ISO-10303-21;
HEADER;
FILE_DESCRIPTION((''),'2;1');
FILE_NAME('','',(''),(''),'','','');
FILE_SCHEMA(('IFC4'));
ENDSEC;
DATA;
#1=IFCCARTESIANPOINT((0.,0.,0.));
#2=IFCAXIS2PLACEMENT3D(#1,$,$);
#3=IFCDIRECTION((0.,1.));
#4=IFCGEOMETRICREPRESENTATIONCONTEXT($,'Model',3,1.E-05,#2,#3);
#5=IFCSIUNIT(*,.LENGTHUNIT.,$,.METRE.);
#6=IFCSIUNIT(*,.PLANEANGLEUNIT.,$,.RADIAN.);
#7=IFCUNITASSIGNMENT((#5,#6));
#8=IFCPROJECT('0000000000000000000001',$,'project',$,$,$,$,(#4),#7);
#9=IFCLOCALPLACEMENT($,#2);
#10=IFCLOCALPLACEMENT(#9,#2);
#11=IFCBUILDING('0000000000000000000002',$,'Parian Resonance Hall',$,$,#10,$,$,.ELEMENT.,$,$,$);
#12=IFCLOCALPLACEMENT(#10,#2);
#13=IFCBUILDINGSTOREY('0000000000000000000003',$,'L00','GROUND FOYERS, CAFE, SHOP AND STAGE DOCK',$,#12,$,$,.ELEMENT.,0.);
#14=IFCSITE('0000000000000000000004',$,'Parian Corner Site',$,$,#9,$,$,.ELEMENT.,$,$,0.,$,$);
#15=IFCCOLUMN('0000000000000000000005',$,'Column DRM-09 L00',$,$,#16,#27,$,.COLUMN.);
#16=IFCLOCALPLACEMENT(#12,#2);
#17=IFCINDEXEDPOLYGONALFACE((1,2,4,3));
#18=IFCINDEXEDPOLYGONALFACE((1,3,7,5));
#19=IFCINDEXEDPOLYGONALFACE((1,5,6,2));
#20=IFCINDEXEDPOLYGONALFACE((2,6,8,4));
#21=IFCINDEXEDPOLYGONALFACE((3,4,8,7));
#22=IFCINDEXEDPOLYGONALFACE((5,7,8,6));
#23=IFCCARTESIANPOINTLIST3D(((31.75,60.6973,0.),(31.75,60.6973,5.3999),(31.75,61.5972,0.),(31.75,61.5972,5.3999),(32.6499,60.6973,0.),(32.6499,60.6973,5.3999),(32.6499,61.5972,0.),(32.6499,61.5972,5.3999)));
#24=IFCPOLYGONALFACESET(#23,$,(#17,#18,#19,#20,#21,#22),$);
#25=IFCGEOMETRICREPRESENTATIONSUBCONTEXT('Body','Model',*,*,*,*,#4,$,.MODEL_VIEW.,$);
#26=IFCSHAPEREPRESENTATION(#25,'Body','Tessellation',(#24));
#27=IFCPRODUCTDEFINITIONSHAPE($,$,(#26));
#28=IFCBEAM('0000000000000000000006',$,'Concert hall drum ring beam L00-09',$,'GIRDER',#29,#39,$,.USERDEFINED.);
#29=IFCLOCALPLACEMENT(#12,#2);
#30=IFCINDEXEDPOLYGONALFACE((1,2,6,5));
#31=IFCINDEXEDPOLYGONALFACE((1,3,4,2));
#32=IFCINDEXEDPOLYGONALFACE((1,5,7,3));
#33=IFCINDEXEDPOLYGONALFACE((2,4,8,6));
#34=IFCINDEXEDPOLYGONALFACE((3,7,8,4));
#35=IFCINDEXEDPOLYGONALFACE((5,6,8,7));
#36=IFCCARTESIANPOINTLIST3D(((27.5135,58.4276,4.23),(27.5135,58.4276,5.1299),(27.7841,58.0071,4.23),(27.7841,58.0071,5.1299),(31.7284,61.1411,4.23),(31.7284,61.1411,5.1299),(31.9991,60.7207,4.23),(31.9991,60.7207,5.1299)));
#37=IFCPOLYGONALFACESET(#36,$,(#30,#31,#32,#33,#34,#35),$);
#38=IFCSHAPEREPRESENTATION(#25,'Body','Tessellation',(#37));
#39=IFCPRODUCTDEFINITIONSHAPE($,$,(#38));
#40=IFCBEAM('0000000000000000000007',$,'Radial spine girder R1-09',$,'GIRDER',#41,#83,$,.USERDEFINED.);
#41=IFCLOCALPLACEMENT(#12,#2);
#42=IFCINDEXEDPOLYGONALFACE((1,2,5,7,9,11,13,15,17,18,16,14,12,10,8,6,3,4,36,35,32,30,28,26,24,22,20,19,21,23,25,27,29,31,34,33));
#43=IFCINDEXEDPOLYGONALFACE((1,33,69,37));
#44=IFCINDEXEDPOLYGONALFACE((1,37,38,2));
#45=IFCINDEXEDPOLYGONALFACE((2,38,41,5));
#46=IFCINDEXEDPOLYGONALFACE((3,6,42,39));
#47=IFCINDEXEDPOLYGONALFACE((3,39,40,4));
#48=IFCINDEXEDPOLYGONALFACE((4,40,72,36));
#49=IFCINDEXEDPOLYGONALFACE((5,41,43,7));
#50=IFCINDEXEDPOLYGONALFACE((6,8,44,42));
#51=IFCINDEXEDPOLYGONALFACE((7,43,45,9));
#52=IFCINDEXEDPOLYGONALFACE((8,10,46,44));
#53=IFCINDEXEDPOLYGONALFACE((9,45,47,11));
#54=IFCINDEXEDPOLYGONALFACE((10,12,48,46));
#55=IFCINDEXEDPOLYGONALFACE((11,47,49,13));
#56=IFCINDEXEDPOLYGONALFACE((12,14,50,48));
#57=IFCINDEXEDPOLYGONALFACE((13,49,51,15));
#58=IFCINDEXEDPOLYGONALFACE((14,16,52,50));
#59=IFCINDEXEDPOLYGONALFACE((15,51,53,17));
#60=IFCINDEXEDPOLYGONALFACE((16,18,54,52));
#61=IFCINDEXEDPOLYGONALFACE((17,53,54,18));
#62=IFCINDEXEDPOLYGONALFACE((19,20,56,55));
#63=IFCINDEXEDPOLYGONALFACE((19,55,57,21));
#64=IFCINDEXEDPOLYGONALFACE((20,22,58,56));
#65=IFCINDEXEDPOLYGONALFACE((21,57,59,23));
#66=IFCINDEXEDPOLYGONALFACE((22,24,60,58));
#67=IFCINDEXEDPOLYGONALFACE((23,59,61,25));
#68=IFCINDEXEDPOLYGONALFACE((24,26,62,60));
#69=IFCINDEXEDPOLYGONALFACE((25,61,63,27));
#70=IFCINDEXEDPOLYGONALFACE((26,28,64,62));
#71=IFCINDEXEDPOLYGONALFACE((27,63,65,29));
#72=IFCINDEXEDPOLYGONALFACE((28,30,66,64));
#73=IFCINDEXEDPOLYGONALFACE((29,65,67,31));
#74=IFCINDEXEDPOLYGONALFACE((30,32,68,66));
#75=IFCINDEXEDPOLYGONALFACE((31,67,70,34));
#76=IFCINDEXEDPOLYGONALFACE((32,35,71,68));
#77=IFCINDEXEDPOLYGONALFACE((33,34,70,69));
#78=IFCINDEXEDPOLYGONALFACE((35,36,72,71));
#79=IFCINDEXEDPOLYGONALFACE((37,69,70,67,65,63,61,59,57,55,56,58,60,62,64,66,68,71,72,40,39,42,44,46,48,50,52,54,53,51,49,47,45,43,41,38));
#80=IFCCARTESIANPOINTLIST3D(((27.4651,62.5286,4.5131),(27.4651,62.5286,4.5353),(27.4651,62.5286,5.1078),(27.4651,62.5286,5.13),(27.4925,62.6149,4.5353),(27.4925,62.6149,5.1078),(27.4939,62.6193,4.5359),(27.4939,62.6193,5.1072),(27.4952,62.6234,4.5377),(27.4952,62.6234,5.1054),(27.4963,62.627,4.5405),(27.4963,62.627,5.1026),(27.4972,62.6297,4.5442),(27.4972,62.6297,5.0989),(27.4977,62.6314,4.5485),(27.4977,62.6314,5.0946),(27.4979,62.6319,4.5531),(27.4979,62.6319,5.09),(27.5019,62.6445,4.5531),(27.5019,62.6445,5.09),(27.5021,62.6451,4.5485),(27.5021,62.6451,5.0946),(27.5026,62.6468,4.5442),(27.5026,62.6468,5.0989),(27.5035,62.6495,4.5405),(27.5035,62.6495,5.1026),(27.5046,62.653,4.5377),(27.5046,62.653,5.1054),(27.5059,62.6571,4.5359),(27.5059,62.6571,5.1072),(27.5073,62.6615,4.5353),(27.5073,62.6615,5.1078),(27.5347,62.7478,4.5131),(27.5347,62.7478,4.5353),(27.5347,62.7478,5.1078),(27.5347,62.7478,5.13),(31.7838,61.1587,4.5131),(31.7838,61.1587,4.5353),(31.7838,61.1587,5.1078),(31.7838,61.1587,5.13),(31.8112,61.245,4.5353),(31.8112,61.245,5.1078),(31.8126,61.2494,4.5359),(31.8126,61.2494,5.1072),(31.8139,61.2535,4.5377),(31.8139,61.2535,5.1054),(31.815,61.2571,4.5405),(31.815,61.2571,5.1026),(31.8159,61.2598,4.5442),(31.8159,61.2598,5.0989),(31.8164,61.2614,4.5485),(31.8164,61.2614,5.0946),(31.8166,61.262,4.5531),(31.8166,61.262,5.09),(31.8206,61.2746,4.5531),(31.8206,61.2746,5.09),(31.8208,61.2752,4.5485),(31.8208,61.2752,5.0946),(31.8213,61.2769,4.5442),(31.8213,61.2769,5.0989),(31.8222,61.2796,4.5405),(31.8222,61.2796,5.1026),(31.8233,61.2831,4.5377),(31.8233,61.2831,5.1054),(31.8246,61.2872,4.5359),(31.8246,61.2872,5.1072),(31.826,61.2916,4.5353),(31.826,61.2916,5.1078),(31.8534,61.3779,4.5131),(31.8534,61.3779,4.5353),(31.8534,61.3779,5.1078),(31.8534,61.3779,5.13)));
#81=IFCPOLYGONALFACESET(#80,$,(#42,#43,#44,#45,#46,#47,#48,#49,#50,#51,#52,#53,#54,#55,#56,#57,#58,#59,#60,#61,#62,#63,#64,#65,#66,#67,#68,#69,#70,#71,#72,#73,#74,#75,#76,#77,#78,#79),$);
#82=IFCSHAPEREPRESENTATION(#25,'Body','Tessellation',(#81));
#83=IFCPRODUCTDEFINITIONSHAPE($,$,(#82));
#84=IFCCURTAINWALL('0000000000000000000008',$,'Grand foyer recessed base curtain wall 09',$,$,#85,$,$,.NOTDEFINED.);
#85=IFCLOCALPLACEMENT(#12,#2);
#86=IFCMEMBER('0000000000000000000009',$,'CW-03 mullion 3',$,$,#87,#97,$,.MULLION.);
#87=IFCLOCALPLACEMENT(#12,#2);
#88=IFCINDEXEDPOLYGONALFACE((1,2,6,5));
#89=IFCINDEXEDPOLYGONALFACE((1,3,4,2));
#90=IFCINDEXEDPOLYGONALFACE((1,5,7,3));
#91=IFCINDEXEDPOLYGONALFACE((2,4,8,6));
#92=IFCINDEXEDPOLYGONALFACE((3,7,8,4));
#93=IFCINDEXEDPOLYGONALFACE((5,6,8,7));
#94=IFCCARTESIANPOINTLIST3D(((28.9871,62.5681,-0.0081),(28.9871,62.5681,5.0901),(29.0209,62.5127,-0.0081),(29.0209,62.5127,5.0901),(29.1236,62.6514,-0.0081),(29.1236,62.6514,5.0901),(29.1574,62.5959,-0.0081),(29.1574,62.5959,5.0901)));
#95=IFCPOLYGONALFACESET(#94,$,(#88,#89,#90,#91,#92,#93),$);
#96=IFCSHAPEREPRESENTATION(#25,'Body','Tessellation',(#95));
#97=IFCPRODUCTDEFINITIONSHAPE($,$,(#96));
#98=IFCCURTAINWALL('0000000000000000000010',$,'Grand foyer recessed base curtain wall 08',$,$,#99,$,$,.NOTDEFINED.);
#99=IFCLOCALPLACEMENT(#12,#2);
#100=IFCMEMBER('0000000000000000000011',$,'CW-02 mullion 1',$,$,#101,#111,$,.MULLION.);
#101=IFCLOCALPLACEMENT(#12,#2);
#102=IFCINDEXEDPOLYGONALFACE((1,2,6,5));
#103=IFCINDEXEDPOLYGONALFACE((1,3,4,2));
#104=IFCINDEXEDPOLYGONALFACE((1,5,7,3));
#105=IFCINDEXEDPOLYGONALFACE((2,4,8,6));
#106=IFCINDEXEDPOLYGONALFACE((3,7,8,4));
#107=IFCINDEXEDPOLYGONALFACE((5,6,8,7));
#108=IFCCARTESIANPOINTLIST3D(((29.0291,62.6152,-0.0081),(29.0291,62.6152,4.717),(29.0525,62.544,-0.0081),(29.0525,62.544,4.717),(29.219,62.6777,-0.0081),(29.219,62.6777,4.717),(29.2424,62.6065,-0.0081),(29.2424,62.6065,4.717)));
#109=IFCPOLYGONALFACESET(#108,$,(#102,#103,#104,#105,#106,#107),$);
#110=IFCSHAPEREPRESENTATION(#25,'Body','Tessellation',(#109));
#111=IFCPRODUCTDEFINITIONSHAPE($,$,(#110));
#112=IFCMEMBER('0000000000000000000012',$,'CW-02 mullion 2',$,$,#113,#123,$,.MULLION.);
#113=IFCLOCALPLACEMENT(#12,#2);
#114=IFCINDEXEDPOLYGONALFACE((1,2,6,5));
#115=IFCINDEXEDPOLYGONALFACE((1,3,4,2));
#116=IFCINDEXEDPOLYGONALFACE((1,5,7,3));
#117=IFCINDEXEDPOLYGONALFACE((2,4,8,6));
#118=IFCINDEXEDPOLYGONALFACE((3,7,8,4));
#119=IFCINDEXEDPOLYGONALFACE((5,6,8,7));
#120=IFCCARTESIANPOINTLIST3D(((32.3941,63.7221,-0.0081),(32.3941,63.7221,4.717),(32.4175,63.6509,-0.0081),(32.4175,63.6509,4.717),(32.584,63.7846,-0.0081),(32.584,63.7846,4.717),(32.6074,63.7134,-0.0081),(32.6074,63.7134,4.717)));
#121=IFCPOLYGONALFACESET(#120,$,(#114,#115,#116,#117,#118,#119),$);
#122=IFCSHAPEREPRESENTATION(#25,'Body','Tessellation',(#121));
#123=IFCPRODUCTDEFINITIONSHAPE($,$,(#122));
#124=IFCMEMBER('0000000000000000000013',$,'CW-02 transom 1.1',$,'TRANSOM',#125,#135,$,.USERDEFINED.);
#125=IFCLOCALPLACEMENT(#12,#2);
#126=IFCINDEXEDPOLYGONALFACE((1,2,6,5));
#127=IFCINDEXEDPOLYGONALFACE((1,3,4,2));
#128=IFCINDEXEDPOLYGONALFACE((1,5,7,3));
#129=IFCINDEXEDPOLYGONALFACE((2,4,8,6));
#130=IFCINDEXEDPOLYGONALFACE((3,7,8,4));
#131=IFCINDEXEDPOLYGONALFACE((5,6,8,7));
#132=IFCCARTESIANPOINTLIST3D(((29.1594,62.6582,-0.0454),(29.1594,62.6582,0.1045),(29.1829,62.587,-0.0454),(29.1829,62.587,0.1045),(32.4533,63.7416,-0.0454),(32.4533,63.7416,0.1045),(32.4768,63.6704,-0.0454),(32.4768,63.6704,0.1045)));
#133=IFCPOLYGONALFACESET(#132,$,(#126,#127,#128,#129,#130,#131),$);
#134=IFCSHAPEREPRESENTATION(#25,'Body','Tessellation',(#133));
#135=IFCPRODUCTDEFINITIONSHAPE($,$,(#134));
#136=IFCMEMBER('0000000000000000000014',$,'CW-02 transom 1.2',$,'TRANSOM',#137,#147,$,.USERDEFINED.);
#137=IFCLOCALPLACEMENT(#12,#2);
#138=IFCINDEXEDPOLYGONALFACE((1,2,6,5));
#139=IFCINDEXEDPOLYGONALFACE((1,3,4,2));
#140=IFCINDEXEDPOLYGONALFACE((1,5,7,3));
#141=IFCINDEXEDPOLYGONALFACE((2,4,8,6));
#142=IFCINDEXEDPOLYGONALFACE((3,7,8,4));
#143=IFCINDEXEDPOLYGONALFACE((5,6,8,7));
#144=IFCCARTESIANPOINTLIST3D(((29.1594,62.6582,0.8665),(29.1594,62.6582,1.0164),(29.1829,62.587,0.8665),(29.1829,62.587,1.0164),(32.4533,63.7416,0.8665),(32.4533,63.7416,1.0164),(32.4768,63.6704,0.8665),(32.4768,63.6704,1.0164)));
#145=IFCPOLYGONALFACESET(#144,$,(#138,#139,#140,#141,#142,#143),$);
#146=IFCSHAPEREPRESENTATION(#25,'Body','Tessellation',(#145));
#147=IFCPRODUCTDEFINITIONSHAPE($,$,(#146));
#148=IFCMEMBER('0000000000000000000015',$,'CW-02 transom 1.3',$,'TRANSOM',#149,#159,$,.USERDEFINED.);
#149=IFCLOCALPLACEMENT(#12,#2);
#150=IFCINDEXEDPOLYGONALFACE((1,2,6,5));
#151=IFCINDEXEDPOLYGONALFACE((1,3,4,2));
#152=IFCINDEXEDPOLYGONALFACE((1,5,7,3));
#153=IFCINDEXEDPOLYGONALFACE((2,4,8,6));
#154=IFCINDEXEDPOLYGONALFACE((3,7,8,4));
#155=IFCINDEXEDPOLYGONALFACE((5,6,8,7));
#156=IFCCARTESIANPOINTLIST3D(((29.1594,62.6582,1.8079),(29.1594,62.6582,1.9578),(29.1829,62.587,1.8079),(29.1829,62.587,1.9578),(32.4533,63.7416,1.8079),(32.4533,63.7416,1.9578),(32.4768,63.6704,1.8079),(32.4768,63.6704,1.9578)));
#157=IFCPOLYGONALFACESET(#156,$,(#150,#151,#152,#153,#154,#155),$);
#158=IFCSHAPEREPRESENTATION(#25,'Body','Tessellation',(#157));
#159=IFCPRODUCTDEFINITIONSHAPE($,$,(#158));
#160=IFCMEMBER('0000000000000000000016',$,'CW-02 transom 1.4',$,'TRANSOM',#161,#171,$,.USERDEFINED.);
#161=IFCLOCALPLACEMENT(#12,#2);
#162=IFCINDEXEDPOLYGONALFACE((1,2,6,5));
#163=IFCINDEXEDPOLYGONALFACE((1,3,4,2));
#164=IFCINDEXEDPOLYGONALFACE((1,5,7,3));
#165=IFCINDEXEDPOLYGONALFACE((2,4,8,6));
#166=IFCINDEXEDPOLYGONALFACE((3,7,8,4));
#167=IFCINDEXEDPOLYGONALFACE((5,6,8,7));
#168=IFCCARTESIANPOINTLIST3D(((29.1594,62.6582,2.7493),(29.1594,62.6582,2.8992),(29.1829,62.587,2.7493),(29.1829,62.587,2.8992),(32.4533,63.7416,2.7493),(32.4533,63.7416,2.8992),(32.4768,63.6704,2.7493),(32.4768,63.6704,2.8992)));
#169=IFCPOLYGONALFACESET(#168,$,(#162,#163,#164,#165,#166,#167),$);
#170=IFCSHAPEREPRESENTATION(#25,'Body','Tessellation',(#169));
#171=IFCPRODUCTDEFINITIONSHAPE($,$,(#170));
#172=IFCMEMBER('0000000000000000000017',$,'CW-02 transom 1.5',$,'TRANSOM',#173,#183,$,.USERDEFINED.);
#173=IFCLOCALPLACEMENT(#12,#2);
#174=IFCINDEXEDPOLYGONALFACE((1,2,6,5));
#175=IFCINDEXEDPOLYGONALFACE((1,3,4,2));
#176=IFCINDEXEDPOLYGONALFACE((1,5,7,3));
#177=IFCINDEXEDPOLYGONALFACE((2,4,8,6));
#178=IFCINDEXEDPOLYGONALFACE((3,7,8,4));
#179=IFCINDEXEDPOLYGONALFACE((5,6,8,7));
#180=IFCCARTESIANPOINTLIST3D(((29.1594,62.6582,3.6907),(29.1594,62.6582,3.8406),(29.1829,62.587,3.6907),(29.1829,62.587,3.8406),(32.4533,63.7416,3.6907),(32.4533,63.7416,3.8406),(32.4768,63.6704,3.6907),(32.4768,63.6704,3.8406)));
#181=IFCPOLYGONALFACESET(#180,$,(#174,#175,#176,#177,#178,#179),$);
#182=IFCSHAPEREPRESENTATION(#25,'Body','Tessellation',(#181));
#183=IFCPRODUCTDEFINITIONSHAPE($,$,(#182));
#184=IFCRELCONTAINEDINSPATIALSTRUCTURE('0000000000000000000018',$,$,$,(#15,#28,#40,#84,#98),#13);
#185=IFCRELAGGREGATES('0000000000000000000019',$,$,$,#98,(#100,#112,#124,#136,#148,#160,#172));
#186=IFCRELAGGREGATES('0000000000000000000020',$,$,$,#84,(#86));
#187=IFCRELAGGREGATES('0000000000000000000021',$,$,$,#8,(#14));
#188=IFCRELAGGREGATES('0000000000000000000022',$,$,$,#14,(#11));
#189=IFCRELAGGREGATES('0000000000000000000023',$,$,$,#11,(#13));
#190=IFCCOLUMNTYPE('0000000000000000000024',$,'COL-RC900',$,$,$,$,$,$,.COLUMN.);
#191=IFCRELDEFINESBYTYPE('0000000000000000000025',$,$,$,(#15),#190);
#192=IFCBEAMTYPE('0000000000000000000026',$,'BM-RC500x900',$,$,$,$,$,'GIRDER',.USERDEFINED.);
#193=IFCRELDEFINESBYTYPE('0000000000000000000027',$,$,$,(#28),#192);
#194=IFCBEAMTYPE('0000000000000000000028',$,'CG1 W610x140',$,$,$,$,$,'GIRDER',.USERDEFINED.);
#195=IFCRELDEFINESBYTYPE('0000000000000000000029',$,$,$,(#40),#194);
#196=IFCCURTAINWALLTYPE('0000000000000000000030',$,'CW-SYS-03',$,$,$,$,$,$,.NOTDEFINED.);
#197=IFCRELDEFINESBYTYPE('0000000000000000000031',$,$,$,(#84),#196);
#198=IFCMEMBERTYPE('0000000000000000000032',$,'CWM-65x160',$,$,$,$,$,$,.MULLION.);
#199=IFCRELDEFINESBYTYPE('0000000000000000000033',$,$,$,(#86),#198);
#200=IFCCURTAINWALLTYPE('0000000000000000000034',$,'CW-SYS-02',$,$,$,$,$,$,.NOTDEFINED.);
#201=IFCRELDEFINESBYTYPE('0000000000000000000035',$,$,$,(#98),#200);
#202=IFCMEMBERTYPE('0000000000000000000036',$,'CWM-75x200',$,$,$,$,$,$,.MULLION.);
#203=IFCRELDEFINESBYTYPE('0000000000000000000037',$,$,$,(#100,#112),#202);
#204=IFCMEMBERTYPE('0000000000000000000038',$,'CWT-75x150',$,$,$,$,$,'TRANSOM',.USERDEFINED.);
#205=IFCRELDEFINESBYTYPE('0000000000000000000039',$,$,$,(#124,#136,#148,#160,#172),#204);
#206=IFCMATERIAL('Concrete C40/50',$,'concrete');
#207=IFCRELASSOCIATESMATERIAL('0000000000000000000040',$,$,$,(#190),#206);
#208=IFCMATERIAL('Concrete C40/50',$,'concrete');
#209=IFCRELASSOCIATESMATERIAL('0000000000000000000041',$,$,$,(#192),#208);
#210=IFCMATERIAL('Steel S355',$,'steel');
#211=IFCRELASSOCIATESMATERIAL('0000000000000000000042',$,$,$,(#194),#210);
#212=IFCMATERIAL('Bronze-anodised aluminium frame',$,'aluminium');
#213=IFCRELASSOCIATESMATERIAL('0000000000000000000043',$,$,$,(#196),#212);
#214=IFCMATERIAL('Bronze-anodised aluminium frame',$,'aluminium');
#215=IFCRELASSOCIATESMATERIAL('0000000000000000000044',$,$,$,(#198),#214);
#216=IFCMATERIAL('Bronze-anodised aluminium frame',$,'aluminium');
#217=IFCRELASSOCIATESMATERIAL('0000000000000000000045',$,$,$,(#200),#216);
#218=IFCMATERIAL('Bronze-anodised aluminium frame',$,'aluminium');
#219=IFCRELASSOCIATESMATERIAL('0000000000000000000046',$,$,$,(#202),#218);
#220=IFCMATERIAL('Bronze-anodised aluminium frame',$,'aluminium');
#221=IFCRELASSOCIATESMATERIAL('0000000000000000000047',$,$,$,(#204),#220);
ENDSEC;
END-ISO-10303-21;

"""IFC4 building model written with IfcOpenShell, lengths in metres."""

from ifc_helpers import new_model, si_unit, direction, frame, origin, origin_2d, place, context, subcontext, project, spatial, rectangle, i_section, extrude, material, material_profile, profile_set, type_object, element, aggregate, save


model = new_model("IFC4")

# Units and contexts
model_context = context("Model", 3, precision=1e-05, world=origin(), true_north=direction((0.0, 1.0)))
body_context = subcontext(model_context, "Body", "Model", "MODEL_VIEW")
ifc_project = project(units=[si_unit("LENGTHUNIT", "METRE"), si_unit("PLANEANGLEUNIT", "RADIAN")], contexts=[model_context])

# Site, building, storey
site_placement = place(None, origin())
site = spatial("IfcSite", under=ifc_project, at=site_placement, Name="Parian Corner Site", CompositionType="ELEMENT", RefElevation=0.0)
building_placement = place(site_placement, origin())
building = spatial("IfcBuilding", under=site, at=building_placement, Name="Parian Resonance Hall", CompositionType="ELEMENT")
storey_placement = place(building_placement, origin())
storey = spatial("IfcBuildingStorey", under=building, at=storey_placement, Name="L00", Description="GROUND FOYERS, CAFE, SHOP AND STAGE DOCK", CompositionType="ELEMENT", Elevation=0.0)

# Column
ifc_material_1 = material(Name="Concrete C40/50", Category="concrete")
ifc_material_profile_1 = material_profile(ifc_material_1, rectangle(XDim=0.8999, YDim=0.8999, at=origin_2d()), Name="RC-COL-900x900")
ifc_profile_set_1 = profile_set([ifc_material_profile_1], Name="Concrete C40/50")
column_type = type_object("IfcColumnType", Name="COL-RC900", PredefinedType="COLUMN", material=ifc_profile_set_1)
column_placement = place(storey_placement, frame((32.2, 61.1472, 0.0), z_axis=(0.0, 0.0, 1.0), x_axis=(1.0, 0.0, 0.0)))
element("IfcColumn", 1, at=column_placement, inside=storey, type_object=column_type, Name="Column DRM-09 L00", PredefinedType="COLUMN", context=body_context, shape_type="SweptSolid", body=[
    extrude(rectangle(XDim=0.8999, YDim=0.8999, at=origin_2d()), origin(), (0.0, 0.0, 1.0), 5.3999),
])

# Beams
ifc_material_2 = material(Name="Concrete C40/50", Category="concrete")
ifc_material_profile_2 = material_profile(ifc_material_2, rectangle(XDim=0.5, YDim=0.8999, at=origin_2d()), Name="RC-BM-500x900")
ifc_profile_set_2 = profile_set([ifc_material_profile_2], Name="Concrete C40/50")
beam_type_1 = type_object("IfcBeamType", Name="BM-RC500x900", ElementType="GIRDER", PredefinedType="USERDEFINED", material=ifc_profile_set_2)
beam_1_placement = place(storey_placement, frame((31.8638, 60.9309, 4.6799), z_axis=(-0.840822, -0.541311, 0.0), x_axis=(0.541311, -0.840822, 0.0)))
element("IfcBeam", 2, at=beam_1_placement, inside=storey, type_object=beam_type_1, Name="Concert hall drum ring beam L00-09", ObjectType="GIRDER", PredefinedType="USERDEFINED", context=body_context, shape_type="SweptSolid", body=[
    extrude(rectangle(XDim=0.5, YDim=0.8999, at=origin_2d()), origin(), (0.0, 0.0, 1.0), 5.0129),
])
ifc_material_3 = material(Name="Steel S355", Category="steel")
ifc_material_profile_3 = material_profile(ifc_material_3, i_section(OverallWidth=0.23, OverallDepth=0.6169, WebThickness=0.0132, FlangeThickness=0.0222, FilletRadius=0.0178, at=origin_2d()), Name="W610x140")
ifc_profile_set_3 = profile_set([ifc_material_profile_3], Name="Steel S355")
beam_type_2 = type_object("IfcBeamType", Name="CG1 W610x140", ElementType="GIRDER", PredefinedType="USERDEFINED", material=ifc_profile_set_3)
beam_2_placement = place(storey_placement, frame((31.8186, 61.2683, 4.8215), z_axis=(-0.953195, 0.302356, 0.0), x_axis=(-0.302356, -0.953195, 0.0)))
element("IfcBeam", 3, at=beam_2_placement, inside=storey, type_object=beam_type_2, Name="Radial spine girder R1-09", ObjectType="GIRDER", PredefinedType="USERDEFINED", context=body_context, shape_type="SweptSolid", body=[
    extrude(i_section(OverallWidth=0.23, OverallDepth=0.6169, WebThickness=0.0132, FlangeThickness=0.0222, FilletRadius=0.0178, at=origin_2d()), origin(), (0.0, 0.0, 1.0), 4.5308),
])

# Curtain wall, member
ifc_material_4 = material(Name="Bronze-anodised aluminium frame", Category="aluminium")
curtain_wall_type_1 = type_object("IfcCurtainWallType", Name="CW-SYS-03", PredefinedType="NOTDEFINED", material=ifc_material_4)
curtain_wall_1_placement = place(storey_placement, origin())
curtain_wall_1 = element("IfcCurtainWall", 4, at=curtain_wall_1_placement, inside=storey, type_object=curtain_wall_type_1, Name="Grand foyer recessed base curtain wall 09", PredefinedType="NOTDEFINED")
ifc_material_5 = material(Name="Bronze-anodised aluminium frame", Category="aluminium")
ifc_material_profile_4 = material_profile(ifc_material_5, rectangle(XDim=0.0649, YDim=0.1599, at=origin_2d()), Name="CWM-65x160")
ifc_profile_set_4 = profile_set([ifc_material_profile_4], Name="Bronze-anodised aluminium frame")
member_type_1 = type_object("IfcMemberType", Name="CWM-65x160", PredefinedType="MULLION", material=ifc_profile_set_4)
member_1_placement = place(storey_placement, frame((29.0723, 62.582, -0.0081), z_axis=(0.0, 0.0, 1.0), x_axis=(-0.520456, 0.853888, 0.0)))
member_1 = element("IfcMember", 5, at=member_1_placement, type_object=member_type_1, Name="CW-03 mullion 3", PredefinedType="MULLION", context=body_context, shape_type="SweptSolid", body=[
    extrude(rectangle(XDim=0.0649, YDim=0.1599, at=origin_2d()), origin(), (0.0, 0.0, 1.0), 5.0981),
])

# Curtain wall, members
ifc_material_6 = material(Name="Bronze-anodised aluminium frame", Category="aluminium")
curtain_wall_type_2 = type_object("IfcCurtainWallType", Name="CW-SYS-02", PredefinedType="NOTDEFINED", material=ifc_material_6)
curtain_wall_2_placement = place(storey_placement, origin())
curtain_wall_2 = element("IfcCurtainWall", 6, at=curtain_wall_2_placement, inside=storey, type_object=curtain_wall_type_2, Name="Grand foyer recessed base curtain wall 08", PredefinedType="NOTDEFINED")
ifc_material_7 = material(Name="Bronze-anodised aluminium frame", Category="aluminium")
ifc_material_profile_5 = material_profile(ifc_material_7, rectangle(XDim=0.075, YDim=0.2, at=origin_2d()), Name="CWM-75x200")
ifc_profile_set_5 = profile_set([ifc_material_profile_5], Name="Bronze-anodised aluminium frame")
member_type_2 = type_object("IfcMemberType", Name="CWM-75x200", PredefinedType="MULLION", material=ifc_profile_set_5)
member_2_placement = place(storey_placement, frame((29.1357, 62.6108, -0.0081), z_axis=(0.0, 0.0, 1.0), x_axis=(-0.31253, 0.949908, 0.0)))
member_2 = element("IfcMember", 7, at=member_2_placement, type_object=member_type_2, Name="CW-02 mullion 1", PredefinedType="MULLION", context=body_context, shape_type="SweptSolid", body=[
    extrude(rectangle(XDim=0.075, YDim=0.2, at=origin_2d()), origin(), (0.0, 0.0, 1.0), 4.7251),
])
member_3_placement = place(storey_placement, frame((32.5007, 63.7178, -0.0081), z_axis=(0.0, 0.0, 1.0), x_axis=(-0.31253, 0.949908, 0.0)))
member_3 = element("IfcMember", 8, at=member_3_placement, type_object=member_type_2, Name="CW-02 mullion 2", PredefinedType="MULLION", context=body_context, shape_type="SweptSolid", body=[
    extrude(rectangle(XDim=0.075, YDim=0.2, at=origin_2d()), origin(), (0.0, 0.0, 1.0), 4.7251),
])
ifc_material_8 = material(Name="Bronze-anodised aluminium frame", Category="aluminium")
ifc_material_profile_6 = material_profile(ifc_material_8, rectangle(XDim=0.075, YDim=0.1499, at=origin_2d()), Name="CWT-75x150")
ifc_profile_set_6 = profile_set([ifc_material_profile_6], Name="Bronze-anodised aluminium frame")
member_type_3 = type_object("IfcMemberType", Name="CWT-75x150", ElementType="TRANSOM", PredefinedType="USERDEFINED", material=ifc_profile_set_6)
member_4_placement = place(storey_placement, frame((29.1711, 62.6226, 0.0295), z_axis=(0.949929, 0.312466, 0.0), x_axis=(-0.312466, 0.949929, 0.0)))
member_4 = element("IfcMember", 9, at=member_4_placement, type_object=member_type_3, Name="CW-02 transom 1.1", ObjectType="TRANSOM", PredefinedType="USERDEFINED", context=body_context, shape_type="SweptSolid", body=[
    extrude(rectangle(XDim=0.075, YDim=0.1499, at=origin_2d()), origin(), (0.0, 0.0, 1.0), 3.4675),
])
member_5_placement = place(storey_placement, frame((29.1711, 62.6226, 0.9414), z_axis=(0.949929, 0.312466, 0.0), x_axis=(-0.312466, 0.949929, 0.0)))
member_5 = element("IfcMember", 10, at=member_5_placement, type_object=member_type_3, Name="CW-02 transom 1.2", ObjectType="TRANSOM", PredefinedType="USERDEFINED", context=body_context, shape_type="SweptSolid", body=[
    extrude(rectangle(XDim=0.075, YDim=0.1499, at=origin_2d()), origin(), (0.0, 0.0, 1.0), 3.4675),
])
member_6_placement = place(storey_placement, frame((29.1711, 62.6226, 1.8828), z_axis=(0.949929, 0.312466, 0.0), x_axis=(-0.312466, 0.949929, 0.0)))
member_6 = element("IfcMember", 11, at=member_6_placement, type_object=member_type_3, Name="CW-02 transom 1.3", ObjectType="TRANSOM", PredefinedType="USERDEFINED", context=body_context, shape_type="SweptSolid", body=[
    extrude(rectangle(XDim=0.075, YDim=0.1499, at=origin_2d()), origin(), (0.0, 0.0, 1.0), 3.4675),
])
member_7_placement = place(storey_placement, frame((29.1711, 62.6226, 2.8242), z_axis=(0.949929, 0.312466, 0.0), x_axis=(-0.312466, 0.949929, 0.0)))
member_7 = element("IfcMember", 12, at=member_7_placement, type_object=member_type_3, Name="CW-02 transom 1.4", ObjectType="TRANSOM", PredefinedType="USERDEFINED", context=body_context, shape_type="SweptSolid", body=[
    extrude(rectangle(XDim=0.075, YDim=0.1499, at=origin_2d()), origin(), (0.0, 0.0, 1.0), 3.4675),
])
member_8_placement = place(storey_placement, frame((29.1711, 62.6226, 3.7656), z_axis=(0.949929, 0.312466, 0.0), x_axis=(-0.312466, 0.949929, 0.0)))
member_8 = element("IfcMember", 13, at=member_8_placement, type_object=member_type_3, Name="CW-02 transom 1.5", ObjectType="TRANSOM", PredefinedType="USERDEFINED", context=body_context, shape_type="SweptSolid", body=[
    extrude(rectangle(XDim=0.075, YDim=0.1499, at=origin_2d()), origin(), (0.0, 0.0, 1.0), 3.4675),
])
aggregate(curtain_wall_2, [member_2, member_3, member_4, member_5, member_6, member_7, member_8])

aggregate(curtain_wall_1, [member_1])

save(model, "model.ifc")
